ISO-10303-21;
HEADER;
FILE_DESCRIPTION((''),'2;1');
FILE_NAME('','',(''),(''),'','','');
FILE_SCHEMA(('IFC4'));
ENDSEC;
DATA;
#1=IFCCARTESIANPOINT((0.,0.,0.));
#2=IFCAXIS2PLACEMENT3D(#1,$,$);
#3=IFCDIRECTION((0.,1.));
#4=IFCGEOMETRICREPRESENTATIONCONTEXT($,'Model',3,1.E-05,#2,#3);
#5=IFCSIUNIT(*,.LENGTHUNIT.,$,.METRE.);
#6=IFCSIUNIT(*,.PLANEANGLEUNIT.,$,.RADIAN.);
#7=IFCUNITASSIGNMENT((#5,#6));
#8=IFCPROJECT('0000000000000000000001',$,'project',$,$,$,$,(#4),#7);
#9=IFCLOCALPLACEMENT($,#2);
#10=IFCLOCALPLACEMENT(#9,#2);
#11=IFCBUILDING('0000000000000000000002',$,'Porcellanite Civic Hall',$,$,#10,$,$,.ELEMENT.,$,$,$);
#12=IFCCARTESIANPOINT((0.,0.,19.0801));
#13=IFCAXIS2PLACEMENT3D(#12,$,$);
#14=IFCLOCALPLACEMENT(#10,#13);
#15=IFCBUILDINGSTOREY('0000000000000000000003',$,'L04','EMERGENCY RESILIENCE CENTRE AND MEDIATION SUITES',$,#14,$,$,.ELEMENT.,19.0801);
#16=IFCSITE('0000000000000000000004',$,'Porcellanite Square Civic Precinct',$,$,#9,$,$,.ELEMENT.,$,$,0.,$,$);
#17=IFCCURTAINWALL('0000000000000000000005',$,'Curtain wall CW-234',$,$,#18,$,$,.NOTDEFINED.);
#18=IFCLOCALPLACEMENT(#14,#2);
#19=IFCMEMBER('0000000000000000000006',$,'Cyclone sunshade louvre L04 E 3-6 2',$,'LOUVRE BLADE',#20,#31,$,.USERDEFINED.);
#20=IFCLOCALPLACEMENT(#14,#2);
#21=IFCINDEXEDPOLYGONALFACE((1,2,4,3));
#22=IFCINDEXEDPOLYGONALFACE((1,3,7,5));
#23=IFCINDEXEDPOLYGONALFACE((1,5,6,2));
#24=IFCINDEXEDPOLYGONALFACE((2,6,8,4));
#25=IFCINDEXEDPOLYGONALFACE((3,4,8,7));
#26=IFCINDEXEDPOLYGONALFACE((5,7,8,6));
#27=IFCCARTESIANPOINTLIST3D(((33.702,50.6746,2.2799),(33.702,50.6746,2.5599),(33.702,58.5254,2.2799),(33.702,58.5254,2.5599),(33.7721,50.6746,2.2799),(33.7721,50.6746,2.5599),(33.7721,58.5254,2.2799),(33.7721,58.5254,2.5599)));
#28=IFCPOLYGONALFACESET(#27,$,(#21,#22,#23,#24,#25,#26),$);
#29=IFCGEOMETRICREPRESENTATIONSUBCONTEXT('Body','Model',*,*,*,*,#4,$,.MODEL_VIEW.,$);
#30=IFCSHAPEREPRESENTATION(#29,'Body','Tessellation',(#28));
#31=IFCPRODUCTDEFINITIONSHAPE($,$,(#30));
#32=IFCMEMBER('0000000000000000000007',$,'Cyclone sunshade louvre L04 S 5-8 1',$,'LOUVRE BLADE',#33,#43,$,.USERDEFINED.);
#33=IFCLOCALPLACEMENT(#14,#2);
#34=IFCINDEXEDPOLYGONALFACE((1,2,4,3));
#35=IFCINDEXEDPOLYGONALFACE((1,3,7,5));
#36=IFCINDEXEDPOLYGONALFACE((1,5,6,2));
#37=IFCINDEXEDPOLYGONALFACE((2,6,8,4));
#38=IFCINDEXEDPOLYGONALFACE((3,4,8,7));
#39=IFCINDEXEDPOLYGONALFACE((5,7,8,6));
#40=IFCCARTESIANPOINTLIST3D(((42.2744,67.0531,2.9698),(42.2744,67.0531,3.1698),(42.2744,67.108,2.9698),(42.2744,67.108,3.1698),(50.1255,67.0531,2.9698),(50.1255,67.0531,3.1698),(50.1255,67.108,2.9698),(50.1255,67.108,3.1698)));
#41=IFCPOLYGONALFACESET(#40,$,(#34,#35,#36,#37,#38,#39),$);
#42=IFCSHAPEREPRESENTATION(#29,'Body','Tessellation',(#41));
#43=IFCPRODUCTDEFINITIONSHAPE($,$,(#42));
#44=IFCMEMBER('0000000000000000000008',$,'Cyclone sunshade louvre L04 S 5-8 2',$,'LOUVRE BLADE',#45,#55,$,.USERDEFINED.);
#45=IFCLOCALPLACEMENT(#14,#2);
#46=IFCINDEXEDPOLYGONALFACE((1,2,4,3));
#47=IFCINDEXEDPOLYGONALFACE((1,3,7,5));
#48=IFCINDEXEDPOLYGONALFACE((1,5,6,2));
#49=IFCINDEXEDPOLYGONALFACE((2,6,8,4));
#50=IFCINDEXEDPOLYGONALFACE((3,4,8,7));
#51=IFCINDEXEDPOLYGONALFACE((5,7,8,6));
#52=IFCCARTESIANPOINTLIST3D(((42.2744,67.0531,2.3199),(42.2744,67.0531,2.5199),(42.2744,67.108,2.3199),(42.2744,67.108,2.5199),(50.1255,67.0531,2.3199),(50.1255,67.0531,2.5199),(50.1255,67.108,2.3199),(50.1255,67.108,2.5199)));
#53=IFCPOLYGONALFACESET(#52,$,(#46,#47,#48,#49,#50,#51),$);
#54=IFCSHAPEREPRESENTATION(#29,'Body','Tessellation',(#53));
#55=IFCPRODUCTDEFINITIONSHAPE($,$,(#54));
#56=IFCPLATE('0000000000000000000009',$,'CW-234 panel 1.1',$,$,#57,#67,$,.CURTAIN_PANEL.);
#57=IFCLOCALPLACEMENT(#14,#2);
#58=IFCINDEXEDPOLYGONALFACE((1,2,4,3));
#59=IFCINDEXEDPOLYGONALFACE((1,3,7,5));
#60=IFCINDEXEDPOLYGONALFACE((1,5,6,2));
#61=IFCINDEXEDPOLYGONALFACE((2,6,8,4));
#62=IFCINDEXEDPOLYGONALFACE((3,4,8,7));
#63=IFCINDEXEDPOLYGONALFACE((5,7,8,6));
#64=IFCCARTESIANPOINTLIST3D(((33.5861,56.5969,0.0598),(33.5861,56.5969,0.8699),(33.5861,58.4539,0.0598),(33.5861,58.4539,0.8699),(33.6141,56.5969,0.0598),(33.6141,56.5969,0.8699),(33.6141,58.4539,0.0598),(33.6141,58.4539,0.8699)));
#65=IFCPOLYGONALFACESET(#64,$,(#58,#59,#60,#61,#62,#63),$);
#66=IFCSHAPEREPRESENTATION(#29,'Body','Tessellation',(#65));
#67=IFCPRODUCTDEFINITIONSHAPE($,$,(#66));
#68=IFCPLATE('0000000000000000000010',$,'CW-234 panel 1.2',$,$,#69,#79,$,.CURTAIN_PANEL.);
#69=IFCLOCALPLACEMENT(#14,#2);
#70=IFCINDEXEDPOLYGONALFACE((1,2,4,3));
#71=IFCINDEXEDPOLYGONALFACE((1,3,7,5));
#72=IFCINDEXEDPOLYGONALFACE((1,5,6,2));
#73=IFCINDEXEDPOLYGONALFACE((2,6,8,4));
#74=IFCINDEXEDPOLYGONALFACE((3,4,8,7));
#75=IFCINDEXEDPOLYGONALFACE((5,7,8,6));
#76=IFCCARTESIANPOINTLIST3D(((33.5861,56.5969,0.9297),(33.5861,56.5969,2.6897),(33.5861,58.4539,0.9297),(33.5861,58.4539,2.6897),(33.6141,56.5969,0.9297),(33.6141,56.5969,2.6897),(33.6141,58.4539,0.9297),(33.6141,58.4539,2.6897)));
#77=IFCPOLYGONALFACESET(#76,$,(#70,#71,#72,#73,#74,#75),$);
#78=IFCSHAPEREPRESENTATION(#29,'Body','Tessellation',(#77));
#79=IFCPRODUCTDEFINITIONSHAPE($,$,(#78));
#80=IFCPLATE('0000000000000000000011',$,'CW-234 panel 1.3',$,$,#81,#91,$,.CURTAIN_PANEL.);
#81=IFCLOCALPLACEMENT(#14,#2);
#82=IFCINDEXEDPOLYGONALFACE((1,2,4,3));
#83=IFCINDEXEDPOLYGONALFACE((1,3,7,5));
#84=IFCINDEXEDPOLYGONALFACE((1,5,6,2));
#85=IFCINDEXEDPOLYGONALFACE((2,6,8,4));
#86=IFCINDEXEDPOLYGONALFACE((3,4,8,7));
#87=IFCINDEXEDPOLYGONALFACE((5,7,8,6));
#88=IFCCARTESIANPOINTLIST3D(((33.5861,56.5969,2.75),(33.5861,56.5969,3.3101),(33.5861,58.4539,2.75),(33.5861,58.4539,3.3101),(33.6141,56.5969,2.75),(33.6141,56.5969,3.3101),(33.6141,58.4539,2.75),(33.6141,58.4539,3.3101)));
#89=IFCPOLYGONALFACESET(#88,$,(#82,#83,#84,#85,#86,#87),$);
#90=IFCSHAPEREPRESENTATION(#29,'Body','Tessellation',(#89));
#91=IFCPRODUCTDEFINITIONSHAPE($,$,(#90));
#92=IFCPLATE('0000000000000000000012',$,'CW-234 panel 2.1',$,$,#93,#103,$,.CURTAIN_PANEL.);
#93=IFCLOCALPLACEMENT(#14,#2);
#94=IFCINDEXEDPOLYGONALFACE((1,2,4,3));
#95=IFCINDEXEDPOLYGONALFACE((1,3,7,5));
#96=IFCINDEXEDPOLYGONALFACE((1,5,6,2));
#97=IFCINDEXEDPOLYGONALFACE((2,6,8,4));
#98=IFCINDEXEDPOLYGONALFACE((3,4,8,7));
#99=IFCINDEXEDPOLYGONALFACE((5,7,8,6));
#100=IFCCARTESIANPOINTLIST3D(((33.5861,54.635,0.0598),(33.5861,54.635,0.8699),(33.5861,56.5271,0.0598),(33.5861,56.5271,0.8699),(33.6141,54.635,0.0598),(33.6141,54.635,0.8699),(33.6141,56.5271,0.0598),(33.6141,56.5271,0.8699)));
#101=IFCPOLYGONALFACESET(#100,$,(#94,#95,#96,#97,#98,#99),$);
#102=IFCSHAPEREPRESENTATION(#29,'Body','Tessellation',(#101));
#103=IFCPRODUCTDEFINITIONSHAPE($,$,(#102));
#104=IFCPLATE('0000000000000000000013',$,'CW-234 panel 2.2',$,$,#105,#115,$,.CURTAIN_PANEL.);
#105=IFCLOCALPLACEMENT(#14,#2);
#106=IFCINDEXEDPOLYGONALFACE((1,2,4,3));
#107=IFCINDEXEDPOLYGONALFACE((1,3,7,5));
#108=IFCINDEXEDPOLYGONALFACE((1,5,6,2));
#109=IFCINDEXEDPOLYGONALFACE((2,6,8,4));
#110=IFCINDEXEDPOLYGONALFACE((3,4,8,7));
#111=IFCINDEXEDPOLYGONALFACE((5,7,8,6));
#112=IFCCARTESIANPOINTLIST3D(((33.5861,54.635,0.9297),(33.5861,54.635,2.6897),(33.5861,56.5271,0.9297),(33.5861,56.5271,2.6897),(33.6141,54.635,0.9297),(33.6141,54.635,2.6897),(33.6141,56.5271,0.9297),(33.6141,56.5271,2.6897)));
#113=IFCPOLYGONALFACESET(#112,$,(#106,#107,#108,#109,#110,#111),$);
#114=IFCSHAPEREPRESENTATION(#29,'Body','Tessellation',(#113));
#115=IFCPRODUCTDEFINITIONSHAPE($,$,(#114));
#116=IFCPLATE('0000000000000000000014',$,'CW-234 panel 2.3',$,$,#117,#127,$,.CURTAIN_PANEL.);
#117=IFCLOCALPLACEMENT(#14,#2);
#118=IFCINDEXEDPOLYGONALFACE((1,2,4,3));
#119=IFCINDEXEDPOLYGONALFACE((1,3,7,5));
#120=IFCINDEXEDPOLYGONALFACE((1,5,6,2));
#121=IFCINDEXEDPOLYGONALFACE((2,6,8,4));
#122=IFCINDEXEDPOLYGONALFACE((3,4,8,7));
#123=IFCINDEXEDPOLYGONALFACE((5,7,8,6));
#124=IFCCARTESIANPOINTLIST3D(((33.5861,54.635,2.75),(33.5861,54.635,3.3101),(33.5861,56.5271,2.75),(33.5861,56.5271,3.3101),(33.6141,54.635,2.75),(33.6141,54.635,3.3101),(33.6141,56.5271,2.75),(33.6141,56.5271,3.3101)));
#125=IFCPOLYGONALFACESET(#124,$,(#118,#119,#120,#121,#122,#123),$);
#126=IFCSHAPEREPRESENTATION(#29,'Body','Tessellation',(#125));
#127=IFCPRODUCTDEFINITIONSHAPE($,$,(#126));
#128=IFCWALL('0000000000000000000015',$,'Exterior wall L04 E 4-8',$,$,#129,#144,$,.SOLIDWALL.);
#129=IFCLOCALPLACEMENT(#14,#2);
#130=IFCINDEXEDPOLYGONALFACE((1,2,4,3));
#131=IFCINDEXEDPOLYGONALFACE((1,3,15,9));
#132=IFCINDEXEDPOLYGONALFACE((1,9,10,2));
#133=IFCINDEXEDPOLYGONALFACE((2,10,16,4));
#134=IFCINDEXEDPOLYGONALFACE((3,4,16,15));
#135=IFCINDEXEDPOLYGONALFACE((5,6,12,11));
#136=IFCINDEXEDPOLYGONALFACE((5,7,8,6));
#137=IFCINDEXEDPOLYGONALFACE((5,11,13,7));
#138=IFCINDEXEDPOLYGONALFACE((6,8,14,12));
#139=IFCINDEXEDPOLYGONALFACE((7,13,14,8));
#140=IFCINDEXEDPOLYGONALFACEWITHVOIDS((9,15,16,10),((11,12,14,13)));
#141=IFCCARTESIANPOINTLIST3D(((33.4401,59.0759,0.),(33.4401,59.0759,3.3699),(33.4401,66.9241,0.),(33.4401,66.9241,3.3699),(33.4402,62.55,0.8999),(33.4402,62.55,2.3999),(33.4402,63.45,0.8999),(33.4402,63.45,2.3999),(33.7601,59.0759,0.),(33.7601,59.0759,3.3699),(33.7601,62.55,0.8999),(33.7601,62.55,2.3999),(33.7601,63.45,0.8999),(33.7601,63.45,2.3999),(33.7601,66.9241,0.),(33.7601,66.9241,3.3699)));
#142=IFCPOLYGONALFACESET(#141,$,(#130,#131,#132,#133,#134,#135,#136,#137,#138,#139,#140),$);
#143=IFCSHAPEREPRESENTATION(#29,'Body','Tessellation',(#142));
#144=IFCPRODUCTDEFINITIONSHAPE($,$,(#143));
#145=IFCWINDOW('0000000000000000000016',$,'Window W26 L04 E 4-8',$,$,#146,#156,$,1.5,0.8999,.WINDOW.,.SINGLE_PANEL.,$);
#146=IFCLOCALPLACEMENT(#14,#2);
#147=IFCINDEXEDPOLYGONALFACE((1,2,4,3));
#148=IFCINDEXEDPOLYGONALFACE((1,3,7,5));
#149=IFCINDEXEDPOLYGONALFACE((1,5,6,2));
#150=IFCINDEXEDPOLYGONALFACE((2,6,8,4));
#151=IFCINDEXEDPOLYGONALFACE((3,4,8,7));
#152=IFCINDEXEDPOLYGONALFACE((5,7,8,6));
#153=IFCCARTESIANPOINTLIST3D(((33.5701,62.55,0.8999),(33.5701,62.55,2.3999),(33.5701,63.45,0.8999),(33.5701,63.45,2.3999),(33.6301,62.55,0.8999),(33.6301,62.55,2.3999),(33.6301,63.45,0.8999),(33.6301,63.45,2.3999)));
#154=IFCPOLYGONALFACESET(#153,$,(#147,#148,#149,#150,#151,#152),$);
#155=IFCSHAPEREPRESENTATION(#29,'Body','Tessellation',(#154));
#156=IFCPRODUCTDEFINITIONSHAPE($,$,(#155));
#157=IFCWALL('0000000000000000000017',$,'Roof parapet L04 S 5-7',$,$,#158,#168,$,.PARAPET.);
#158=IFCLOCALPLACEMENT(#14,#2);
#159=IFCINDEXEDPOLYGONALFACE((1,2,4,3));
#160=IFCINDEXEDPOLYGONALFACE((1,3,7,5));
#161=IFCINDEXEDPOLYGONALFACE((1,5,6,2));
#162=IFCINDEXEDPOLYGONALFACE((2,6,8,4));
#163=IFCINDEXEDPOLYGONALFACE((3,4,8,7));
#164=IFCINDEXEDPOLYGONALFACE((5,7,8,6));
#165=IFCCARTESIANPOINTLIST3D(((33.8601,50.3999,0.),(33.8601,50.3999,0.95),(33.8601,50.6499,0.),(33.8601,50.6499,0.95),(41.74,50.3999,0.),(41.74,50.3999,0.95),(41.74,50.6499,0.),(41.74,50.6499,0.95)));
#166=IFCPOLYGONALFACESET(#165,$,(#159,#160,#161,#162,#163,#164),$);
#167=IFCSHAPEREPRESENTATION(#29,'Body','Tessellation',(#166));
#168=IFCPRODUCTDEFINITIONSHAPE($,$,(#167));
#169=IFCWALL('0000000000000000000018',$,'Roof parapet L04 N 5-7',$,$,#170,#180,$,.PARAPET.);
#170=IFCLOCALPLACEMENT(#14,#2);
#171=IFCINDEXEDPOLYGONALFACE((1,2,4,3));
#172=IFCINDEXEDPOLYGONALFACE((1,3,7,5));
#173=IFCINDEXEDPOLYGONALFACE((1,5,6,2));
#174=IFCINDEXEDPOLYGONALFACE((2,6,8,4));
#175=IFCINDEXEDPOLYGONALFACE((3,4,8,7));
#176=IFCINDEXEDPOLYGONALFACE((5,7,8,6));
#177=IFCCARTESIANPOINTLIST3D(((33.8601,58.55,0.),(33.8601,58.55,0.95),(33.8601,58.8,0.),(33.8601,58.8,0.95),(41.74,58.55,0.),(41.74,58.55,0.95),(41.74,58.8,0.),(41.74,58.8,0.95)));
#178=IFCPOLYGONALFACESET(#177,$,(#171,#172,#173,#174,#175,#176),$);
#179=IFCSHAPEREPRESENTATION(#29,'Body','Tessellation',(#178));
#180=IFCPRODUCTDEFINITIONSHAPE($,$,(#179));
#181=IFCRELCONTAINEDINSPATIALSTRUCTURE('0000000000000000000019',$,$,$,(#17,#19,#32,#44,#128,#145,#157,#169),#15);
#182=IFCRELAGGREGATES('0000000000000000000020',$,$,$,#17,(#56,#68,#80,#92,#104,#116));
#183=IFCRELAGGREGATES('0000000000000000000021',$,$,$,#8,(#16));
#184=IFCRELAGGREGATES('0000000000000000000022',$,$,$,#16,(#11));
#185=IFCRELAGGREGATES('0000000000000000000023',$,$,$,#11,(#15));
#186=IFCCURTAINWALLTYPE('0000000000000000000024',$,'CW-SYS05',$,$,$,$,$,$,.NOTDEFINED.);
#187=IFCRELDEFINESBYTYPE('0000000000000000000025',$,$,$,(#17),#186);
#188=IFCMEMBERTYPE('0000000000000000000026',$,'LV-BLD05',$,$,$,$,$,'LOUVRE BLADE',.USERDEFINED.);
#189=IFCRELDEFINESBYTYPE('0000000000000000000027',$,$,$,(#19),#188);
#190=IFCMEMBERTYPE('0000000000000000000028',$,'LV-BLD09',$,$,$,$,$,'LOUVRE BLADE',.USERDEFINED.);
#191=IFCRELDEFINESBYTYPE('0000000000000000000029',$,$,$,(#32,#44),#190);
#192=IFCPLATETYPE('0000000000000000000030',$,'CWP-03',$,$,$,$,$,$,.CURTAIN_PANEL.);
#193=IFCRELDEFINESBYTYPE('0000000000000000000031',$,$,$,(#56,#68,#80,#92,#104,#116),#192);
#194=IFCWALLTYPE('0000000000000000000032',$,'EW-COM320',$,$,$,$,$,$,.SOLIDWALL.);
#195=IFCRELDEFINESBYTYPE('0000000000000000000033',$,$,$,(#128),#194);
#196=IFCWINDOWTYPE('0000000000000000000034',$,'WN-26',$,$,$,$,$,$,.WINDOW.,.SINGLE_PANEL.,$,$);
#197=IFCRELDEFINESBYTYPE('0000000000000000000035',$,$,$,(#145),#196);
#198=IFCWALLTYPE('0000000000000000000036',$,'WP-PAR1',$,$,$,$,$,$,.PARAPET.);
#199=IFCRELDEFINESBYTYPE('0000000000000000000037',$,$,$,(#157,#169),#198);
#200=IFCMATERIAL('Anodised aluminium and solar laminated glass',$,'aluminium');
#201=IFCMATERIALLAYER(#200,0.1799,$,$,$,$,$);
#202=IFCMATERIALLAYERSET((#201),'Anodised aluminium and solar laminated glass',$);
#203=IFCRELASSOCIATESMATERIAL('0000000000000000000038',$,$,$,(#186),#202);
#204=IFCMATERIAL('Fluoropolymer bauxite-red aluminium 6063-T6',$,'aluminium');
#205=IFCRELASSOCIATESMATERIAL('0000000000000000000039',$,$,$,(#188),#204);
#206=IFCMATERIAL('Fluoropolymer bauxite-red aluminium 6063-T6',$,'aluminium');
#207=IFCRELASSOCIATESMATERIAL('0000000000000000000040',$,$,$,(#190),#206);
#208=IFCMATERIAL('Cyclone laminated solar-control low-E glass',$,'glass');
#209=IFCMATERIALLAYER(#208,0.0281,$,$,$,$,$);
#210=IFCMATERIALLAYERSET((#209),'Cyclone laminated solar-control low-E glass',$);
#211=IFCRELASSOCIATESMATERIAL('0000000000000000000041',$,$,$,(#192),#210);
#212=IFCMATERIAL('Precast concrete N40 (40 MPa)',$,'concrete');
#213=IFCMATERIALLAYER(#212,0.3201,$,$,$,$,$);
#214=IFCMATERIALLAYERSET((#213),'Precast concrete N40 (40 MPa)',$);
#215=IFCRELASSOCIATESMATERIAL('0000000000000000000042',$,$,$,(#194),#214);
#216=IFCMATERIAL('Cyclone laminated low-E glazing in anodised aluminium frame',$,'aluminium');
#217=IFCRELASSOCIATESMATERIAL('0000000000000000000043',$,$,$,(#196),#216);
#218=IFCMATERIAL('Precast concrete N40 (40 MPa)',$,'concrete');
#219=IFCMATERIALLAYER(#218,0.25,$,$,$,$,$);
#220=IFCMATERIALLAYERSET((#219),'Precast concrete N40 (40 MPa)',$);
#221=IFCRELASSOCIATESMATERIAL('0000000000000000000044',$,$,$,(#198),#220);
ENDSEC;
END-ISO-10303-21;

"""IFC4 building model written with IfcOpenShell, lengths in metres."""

from ifc_helpers import new_model, si_unit, direction, frame, frame_2d, origin, origin_2d, place, context, subcontext, project, spatial, rectangle, extrude, material, layer, layer_set, material_profile, profile_set, type_object, element, fill, aggregate, save


model = new_model("IFC4")

# Units and contexts
model_context = context("Model", 3, precision=1e-05, world=origin(), true_north=direction((0.0, 1.0)))
body_context = subcontext(model_context, "Body", "Model", "MODEL_VIEW")
ifc_project = project(units=[si_unit("LENGTHUNIT", "METRE"), si_unit("PLANEANGLEUNIT", "RADIAN")], contexts=[model_context])

# Site, building, storey
site_placement = place(None, origin())
site = spatial("IfcSite", under=ifc_project, at=site_placement, Name="Porcellanite Square Civic Precinct", CompositionType="ELEMENT", RefElevation=0.0)
building_placement = place(site_placement, origin())
building = spatial("IfcBuilding", under=site, at=building_placement, Name="Porcellanite Civic Hall", CompositionType="ELEMENT")
storey_placement = place(building_placement, frame((0.0, 0.0, 19.0801)))
storey = spatial("IfcBuildingStorey", under=building, at=storey_placement, Name="L04", Description="EMERGENCY RESILIENCE CENTRE AND MEDIATION SUITES", CompositionType="ELEMENT", Elevation=19.0801)

# Curtain wall
ifc_material_1 = material(Name="Anodised aluminium and solar laminated glass", Category="aluminium")
ifc_layer_1 = layer(ifc_material_1, 0.1799)
ifc_layer_set_1 = layer_set([ifc_layer_1], Name="Anodised aluminium and solar laminated glass")
curtain_wall_type = type_object("IfcCurtainWallType", Name="CW-SYS05", PredefinedType="NOTDEFINED", material=ifc_layer_set_1)
curtain_wall_placement = place(storey_placement, origin())
curtain_wall = element("IfcCurtainWall", 1, at=curtain_wall_placement, inside=storey, type_object=curtain_wall_type, Name="Curtain wall CW-234", PredefinedType="NOTDEFINED")

# Members
ifc_material_2 = material(Name="Fluoropolymer bauxite-red aluminium 6063-T6", Category="aluminium")
ifc_material_profile_1 = material_profile(ifc_material_2, rectangle(XDim=0.0701, YDim=0.28, at=origin_2d()), Name="AL-70x280")
ifc_profile_set_1 = profile_set([ifc_material_profile_1], Name="Fluoropolymer bauxite-red aluminium 6063-T6")
member_type_1 = type_object("IfcMemberType", Name="LV-BLD05", ElementType="LOUVRE BLADE", PredefinedType="USERDEFINED", material=ifc_profile_set_1)
for number, where, z_axis, x_axis, name in (
    (2, (33.7371, 58.5254, 2.4199), (0.0, -1.0, 0.0), (1.0, 0.0, 0.0), "Cyclone sunshade louvre L04 E 3-6 2"),
):
    element("IfcMember", number, at=place(storey_placement, frame(where, z_axis=z_axis, x_axis=x_axis)), inside=storey, type_object=member_type_1, Name=name, ObjectType="LOUVRE BLADE", PredefinedType="USERDEFINED", context=body_context, shape_type="SweptSolid", body=[
        extrude(rectangle(XDim=0.0701, YDim=0.28, at=origin_2d()), origin(), (0.0, 0.0, 1.0), 7.8508),
    ])
ifc_material_3 = material(Name="Fluoropolymer bauxite-red aluminium 6063-T6", Category="aluminium")
ifc_material_profile_2 = material_profile(ifc_material_3, rectangle(XDim=0.0549, YDim=0.2, at=origin_2d()), Name="AL-55x200")
ifc_profile_set_2 = profile_set([ifc_material_profile_2], Name="Fluoropolymer bauxite-red aluminium 6063-T6")
member_type_2 = type_object("IfcMemberType", Name="LV-BLD09", ElementType="LOUVRE BLADE", PredefinedType="USERDEFINED", material=ifc_profile_set_2)
for number, where, z_axis, x_axis, name in (
    (3, (50.1255, 67.0806, 3.0698), (-1.0, 0.0, 0.0), (0.0, -1.0, 0.0), "Cyclone sunshade louvre L04 S 5-8 1"),
    (4, (50.1255, 67.0806, 2.4199), (-1.0, 0.0, 0.0), (0.0, -1.0, 0.0), "Cyclone sunshade louvre L04 S 5-8 2"),
):
    element("IfcMember", number, at=place(storey_placement, frame(where, z_axis=z_axis, x_axis=x_axis)), inside=storey, type_object=member_type_2, Name=name, ObjectType="LOUVRE BLADE", PredefinedType="USERDEFINED", context=body_context, shape_type="SweptSolid", body=[
        extrude(rectangle(XDim=0.0549, YDim=0.2, at=origin_2d()), origin(), (0.0, 0.0, 1.0), 7.8511),
    ])

# Plates
ifc_material_4 = material(Name="Cyclone laminated solar-control low-E glass", Category="glass")
ifc_layer_2 = layer(ifc_material_4, 0.0281)
ifc_layer_set_2 = layer_set([ifc_layer_2], Name="Cyclone laminated solar-control low-E glass")
plate_type = type_object("IfcPlateType", Name="CWP-03", PredefinedType="CURTAIN_PANEL", material=ifc_layer_set_2)
plate_1_placement = place(storey_placement, frame((33.6001, 57.5254, 0.0598), z_axis=(0.0, 0.0, 1.0), x_axis=(0.0, -1.0, 0.0)))
plate_1 = element("IfcPlate", 5, at=plate_1_placement, type_object=plate_type, Name="CW-234 panel 1.1", PredefinedType="CURTAIN_PANEL", context=body_context, shape_type="SweptSolid", body=[
    extrude(rectangle(XDim=1.8569, YDim=0.0281, at=origin_2d()), origin(), (0.0, 0.0, 1.0), 0.8101),
])
plate_2_placement = place(storey_placement, frame((33.6001, 57.5254, 0.9297), z_axis=(0.0, 0.0, 1.0), x_axis=(0.0, -1.0, 0.0)))
plate_2 = element("IfcPlate", 6, at=plate_2_placement, type_object=plate_type, Name="CW-234 panel 1.2", PredefinedType="CURTAIN_PANEL", context=body_context, shape_type="SweptSolid", body=[
    extrude(rectangle(XDim=1.8569, YDim=0.0281, at=origin_2d()), origin(), (0.0, 0.0, 1.0), 1.76),
])
plate_3_placement = place(storey_placement, frame((33.6001, 57.5254, 2.75), z_axis=(0.0, 0.0, 1.0), x_axis=(0.0, -1.0, 0.0)))
plate_3 = element("IfcPlate", 7, at=plate_3_placement, type_object=plate_type, Name="CW-234 panel 1.3", PredefinedType="CURTAIN_PANEL", context=body_context, shape_type="SweptSolid", body=[
    extrude(rectangle(XDim=1.8569, YDim=0.0281, at=origin_2d()), origin(), (0.0, 0.0, 1.0), 0.5601),
])
plate_4_placement = place(storey_placement, frame((33.6001, 55.5811, 0.0598), z_axis=(0.0, 0.0, 1.0), x_axis=(0.0, -1.0, 0.0)))
plate_4 = element("IfcPlate", 8, at=plate_4_placement, type_object=plate_type, Name="CW-234 panel 2.1", PredefinedType="CURTAIN_PANEL", context=body_context, shape_type="SweptSolid", body=[
    extrude(rectangle(XDim=1.8921, YDim=0.0281, at=origin_2d()), origin(), (0.0, 0.0, 1.0), 0.8101),
])
plate_5_placement = place(storey_placement, frame((33.6001, 55.5811, 0.9297), z_axis=(0.0, 0.0, 1.0), x_axis=(0.0, -1.0, 0.0)))
plate_5 = element("IfcPlate", 9, at=plate_5_placement, type_object=plate_type, Name="CW-234 panel 2.2", PredefinedType="CURTAIN_PANEL", context=body_context, shape_type="SweptSolid", body=[
    extrude(rectangle(XDim=1.8921, YDim=0.0281, at=origin_2d()), origin(), (0.0, 0.0, 1.0), 1.76),
])
plate_6_placement = place(storey_placement, frame((33.6001, 55.5811, 2.75), z_axis=(0.0, 0.0, 1.0), x_axis=(0.0, -1.0, 0.0)))
plate_6 = element("IfcPlate", 10, at=plate_6_placement, type_object=plate_type, Name="CW-234 panel 2.3", PredefinedType="CURTAIN_PANEL", context=body_context, shape_type="SweptSolid", body=[
    extrude(rectangle(XDim=1.8921, YDim=0.0281, at=origin_2d()), origin(), (0.0, 0.0, 1.0), 0.5601),
])
aggregate(curtain_wall, [plate_1, plate_2, plate_3, plate_4, plate_5, plate_6])

# Wall, opening, window
ifc_material_5 = material(Name="Precast concrete N40 (40 MPa)", Category="concrete")
ifc_layer_3 = layer(ifc_material_5, 0.3201)
ifc_layer_set_3 = layer_set([ifc_layer_3], Name="Precast concrete N40 (40 MPa)")
wall_type_1 = type_object("IfcWallType", Name="EW-COM320", PredefinedType="SOLIDWALL", material=ifc_layer_set_3)
wall_placement = place(storey_placement, frame((33.6001, 66.9241, 0.0), z_axis=(0.0, 0.0, 1.0), x_axis=(0.0, -1.0, 0.0)))
wall = element("IfcWall", 11, at=wall_placement, inside=storey, type_object=wall_type_1, Name="Exterior wall L04 E 4-8", PredefinedType="SOLIDWALL", context=body_context, shape_type="SweptSolid", body=[
    extrude(rectangle(XDim=7.8481, YDim=0.3201, at=frame_2d((3.9241, 0.0))), origin(), (0.0, 0.0, 1.0), 3.3699),
])
opening_placement = place(wall_placement, frame((3.4741, 0.0, 0.8999)))
opening = element("IfcOpeningElement", 12, at=opening_placement, cuts=wall, PredefinedType="OPENING", context=body_context, shape_type="SweptSolid", body=[
    extrude(rectangle(XDim=0.8999, YDim=1.5, at=frame_2d((0.45, 0.75))), frame((0.0, 0.1602, 0.0), z_axis=(0.0, -1.0, 0.0), x_axis=(1.0, 0.0, 0.0)), (0.0, 0.0, 1.0), 0.3201),
])
ifc_material_6 = material(Name="Cyclone laminated low-E glazing in anodised aluminium frame", Category="aluminium")
window_type = type_object("IfcWindowType", Name="WN-26", PartitioningType="SINGLE_PANEL", PredefinedType="WINDOW", material=ifc_material_6)
window_placement = place(opening_placement, origin())
window = element("IfcWindow", 13, at=window_placement, inside=storey, type_object=window_type, Name="Window W26 L04 E 4-8", OverallHeight=1.5, OverallWidth=0.8999, PartitioningType="SINGLE_PANEL", PredefinedType="WINDOW", context=body_context, shape_type="SweptSolid", body=[
    extrude(rectangle(XDim=0.8999, YDim=1.5, at=frame_2d((0.45, 0.75))), frame((0.0, 0.03, 0.0), z_axis=(0.0, -1.0, 0.0), x_axis=(1.0, 0.0, 0.0)), (0.0, 0.0, 1.0), 0.0601),
])
fill(opening, window)

# Walls
ifc_material_7 = material(Name="Precast concrete N40 (40 MPa)", Category="concrete")
ifc_layer_4 = layer(ifc_material_7, 0.25)
ifc_layer_set_4 = layer_set([ifc_layer_4], Name="Precast concrete N40 (40 MPa)")
wall_type_2 = type_object("IfcWallType", Name="WP-PAR1", PredefinedType="PARAPET", material=ifc_layer_set_4)
for number, where, z_axis, x_axis, name in (
    (14, (41.74, 50.5249, 0.0), (0.0, 0.0, 1.0), (-1.0, 0.0, 0.0), "Roof parapet L04 S 5-7"),
    (15, (33.8601, 58.675, 0.0), (0.0, 0.0, 1.0), (1.0, 0.0, 0.0), "Roof parapet L04 N 5-7"),
):
    element("IfcWall", number, at=place(storey_placement, frame(where, z_axis=z_axis, x_axis=x_axis)), inside=storey, type_object=wall_type_2, Name=name, PredefinedType="PARAPET", context=body_context, shape_type="SweptSolid", body=[
        extrude(rectangle(XDim=7.8799, YDim=0.25, at=frame_2d((3.9399, 0.0))), origin(), (0.0, 0.0, 1.0), 0.95),
    ])

save(model, "model.ifc")
